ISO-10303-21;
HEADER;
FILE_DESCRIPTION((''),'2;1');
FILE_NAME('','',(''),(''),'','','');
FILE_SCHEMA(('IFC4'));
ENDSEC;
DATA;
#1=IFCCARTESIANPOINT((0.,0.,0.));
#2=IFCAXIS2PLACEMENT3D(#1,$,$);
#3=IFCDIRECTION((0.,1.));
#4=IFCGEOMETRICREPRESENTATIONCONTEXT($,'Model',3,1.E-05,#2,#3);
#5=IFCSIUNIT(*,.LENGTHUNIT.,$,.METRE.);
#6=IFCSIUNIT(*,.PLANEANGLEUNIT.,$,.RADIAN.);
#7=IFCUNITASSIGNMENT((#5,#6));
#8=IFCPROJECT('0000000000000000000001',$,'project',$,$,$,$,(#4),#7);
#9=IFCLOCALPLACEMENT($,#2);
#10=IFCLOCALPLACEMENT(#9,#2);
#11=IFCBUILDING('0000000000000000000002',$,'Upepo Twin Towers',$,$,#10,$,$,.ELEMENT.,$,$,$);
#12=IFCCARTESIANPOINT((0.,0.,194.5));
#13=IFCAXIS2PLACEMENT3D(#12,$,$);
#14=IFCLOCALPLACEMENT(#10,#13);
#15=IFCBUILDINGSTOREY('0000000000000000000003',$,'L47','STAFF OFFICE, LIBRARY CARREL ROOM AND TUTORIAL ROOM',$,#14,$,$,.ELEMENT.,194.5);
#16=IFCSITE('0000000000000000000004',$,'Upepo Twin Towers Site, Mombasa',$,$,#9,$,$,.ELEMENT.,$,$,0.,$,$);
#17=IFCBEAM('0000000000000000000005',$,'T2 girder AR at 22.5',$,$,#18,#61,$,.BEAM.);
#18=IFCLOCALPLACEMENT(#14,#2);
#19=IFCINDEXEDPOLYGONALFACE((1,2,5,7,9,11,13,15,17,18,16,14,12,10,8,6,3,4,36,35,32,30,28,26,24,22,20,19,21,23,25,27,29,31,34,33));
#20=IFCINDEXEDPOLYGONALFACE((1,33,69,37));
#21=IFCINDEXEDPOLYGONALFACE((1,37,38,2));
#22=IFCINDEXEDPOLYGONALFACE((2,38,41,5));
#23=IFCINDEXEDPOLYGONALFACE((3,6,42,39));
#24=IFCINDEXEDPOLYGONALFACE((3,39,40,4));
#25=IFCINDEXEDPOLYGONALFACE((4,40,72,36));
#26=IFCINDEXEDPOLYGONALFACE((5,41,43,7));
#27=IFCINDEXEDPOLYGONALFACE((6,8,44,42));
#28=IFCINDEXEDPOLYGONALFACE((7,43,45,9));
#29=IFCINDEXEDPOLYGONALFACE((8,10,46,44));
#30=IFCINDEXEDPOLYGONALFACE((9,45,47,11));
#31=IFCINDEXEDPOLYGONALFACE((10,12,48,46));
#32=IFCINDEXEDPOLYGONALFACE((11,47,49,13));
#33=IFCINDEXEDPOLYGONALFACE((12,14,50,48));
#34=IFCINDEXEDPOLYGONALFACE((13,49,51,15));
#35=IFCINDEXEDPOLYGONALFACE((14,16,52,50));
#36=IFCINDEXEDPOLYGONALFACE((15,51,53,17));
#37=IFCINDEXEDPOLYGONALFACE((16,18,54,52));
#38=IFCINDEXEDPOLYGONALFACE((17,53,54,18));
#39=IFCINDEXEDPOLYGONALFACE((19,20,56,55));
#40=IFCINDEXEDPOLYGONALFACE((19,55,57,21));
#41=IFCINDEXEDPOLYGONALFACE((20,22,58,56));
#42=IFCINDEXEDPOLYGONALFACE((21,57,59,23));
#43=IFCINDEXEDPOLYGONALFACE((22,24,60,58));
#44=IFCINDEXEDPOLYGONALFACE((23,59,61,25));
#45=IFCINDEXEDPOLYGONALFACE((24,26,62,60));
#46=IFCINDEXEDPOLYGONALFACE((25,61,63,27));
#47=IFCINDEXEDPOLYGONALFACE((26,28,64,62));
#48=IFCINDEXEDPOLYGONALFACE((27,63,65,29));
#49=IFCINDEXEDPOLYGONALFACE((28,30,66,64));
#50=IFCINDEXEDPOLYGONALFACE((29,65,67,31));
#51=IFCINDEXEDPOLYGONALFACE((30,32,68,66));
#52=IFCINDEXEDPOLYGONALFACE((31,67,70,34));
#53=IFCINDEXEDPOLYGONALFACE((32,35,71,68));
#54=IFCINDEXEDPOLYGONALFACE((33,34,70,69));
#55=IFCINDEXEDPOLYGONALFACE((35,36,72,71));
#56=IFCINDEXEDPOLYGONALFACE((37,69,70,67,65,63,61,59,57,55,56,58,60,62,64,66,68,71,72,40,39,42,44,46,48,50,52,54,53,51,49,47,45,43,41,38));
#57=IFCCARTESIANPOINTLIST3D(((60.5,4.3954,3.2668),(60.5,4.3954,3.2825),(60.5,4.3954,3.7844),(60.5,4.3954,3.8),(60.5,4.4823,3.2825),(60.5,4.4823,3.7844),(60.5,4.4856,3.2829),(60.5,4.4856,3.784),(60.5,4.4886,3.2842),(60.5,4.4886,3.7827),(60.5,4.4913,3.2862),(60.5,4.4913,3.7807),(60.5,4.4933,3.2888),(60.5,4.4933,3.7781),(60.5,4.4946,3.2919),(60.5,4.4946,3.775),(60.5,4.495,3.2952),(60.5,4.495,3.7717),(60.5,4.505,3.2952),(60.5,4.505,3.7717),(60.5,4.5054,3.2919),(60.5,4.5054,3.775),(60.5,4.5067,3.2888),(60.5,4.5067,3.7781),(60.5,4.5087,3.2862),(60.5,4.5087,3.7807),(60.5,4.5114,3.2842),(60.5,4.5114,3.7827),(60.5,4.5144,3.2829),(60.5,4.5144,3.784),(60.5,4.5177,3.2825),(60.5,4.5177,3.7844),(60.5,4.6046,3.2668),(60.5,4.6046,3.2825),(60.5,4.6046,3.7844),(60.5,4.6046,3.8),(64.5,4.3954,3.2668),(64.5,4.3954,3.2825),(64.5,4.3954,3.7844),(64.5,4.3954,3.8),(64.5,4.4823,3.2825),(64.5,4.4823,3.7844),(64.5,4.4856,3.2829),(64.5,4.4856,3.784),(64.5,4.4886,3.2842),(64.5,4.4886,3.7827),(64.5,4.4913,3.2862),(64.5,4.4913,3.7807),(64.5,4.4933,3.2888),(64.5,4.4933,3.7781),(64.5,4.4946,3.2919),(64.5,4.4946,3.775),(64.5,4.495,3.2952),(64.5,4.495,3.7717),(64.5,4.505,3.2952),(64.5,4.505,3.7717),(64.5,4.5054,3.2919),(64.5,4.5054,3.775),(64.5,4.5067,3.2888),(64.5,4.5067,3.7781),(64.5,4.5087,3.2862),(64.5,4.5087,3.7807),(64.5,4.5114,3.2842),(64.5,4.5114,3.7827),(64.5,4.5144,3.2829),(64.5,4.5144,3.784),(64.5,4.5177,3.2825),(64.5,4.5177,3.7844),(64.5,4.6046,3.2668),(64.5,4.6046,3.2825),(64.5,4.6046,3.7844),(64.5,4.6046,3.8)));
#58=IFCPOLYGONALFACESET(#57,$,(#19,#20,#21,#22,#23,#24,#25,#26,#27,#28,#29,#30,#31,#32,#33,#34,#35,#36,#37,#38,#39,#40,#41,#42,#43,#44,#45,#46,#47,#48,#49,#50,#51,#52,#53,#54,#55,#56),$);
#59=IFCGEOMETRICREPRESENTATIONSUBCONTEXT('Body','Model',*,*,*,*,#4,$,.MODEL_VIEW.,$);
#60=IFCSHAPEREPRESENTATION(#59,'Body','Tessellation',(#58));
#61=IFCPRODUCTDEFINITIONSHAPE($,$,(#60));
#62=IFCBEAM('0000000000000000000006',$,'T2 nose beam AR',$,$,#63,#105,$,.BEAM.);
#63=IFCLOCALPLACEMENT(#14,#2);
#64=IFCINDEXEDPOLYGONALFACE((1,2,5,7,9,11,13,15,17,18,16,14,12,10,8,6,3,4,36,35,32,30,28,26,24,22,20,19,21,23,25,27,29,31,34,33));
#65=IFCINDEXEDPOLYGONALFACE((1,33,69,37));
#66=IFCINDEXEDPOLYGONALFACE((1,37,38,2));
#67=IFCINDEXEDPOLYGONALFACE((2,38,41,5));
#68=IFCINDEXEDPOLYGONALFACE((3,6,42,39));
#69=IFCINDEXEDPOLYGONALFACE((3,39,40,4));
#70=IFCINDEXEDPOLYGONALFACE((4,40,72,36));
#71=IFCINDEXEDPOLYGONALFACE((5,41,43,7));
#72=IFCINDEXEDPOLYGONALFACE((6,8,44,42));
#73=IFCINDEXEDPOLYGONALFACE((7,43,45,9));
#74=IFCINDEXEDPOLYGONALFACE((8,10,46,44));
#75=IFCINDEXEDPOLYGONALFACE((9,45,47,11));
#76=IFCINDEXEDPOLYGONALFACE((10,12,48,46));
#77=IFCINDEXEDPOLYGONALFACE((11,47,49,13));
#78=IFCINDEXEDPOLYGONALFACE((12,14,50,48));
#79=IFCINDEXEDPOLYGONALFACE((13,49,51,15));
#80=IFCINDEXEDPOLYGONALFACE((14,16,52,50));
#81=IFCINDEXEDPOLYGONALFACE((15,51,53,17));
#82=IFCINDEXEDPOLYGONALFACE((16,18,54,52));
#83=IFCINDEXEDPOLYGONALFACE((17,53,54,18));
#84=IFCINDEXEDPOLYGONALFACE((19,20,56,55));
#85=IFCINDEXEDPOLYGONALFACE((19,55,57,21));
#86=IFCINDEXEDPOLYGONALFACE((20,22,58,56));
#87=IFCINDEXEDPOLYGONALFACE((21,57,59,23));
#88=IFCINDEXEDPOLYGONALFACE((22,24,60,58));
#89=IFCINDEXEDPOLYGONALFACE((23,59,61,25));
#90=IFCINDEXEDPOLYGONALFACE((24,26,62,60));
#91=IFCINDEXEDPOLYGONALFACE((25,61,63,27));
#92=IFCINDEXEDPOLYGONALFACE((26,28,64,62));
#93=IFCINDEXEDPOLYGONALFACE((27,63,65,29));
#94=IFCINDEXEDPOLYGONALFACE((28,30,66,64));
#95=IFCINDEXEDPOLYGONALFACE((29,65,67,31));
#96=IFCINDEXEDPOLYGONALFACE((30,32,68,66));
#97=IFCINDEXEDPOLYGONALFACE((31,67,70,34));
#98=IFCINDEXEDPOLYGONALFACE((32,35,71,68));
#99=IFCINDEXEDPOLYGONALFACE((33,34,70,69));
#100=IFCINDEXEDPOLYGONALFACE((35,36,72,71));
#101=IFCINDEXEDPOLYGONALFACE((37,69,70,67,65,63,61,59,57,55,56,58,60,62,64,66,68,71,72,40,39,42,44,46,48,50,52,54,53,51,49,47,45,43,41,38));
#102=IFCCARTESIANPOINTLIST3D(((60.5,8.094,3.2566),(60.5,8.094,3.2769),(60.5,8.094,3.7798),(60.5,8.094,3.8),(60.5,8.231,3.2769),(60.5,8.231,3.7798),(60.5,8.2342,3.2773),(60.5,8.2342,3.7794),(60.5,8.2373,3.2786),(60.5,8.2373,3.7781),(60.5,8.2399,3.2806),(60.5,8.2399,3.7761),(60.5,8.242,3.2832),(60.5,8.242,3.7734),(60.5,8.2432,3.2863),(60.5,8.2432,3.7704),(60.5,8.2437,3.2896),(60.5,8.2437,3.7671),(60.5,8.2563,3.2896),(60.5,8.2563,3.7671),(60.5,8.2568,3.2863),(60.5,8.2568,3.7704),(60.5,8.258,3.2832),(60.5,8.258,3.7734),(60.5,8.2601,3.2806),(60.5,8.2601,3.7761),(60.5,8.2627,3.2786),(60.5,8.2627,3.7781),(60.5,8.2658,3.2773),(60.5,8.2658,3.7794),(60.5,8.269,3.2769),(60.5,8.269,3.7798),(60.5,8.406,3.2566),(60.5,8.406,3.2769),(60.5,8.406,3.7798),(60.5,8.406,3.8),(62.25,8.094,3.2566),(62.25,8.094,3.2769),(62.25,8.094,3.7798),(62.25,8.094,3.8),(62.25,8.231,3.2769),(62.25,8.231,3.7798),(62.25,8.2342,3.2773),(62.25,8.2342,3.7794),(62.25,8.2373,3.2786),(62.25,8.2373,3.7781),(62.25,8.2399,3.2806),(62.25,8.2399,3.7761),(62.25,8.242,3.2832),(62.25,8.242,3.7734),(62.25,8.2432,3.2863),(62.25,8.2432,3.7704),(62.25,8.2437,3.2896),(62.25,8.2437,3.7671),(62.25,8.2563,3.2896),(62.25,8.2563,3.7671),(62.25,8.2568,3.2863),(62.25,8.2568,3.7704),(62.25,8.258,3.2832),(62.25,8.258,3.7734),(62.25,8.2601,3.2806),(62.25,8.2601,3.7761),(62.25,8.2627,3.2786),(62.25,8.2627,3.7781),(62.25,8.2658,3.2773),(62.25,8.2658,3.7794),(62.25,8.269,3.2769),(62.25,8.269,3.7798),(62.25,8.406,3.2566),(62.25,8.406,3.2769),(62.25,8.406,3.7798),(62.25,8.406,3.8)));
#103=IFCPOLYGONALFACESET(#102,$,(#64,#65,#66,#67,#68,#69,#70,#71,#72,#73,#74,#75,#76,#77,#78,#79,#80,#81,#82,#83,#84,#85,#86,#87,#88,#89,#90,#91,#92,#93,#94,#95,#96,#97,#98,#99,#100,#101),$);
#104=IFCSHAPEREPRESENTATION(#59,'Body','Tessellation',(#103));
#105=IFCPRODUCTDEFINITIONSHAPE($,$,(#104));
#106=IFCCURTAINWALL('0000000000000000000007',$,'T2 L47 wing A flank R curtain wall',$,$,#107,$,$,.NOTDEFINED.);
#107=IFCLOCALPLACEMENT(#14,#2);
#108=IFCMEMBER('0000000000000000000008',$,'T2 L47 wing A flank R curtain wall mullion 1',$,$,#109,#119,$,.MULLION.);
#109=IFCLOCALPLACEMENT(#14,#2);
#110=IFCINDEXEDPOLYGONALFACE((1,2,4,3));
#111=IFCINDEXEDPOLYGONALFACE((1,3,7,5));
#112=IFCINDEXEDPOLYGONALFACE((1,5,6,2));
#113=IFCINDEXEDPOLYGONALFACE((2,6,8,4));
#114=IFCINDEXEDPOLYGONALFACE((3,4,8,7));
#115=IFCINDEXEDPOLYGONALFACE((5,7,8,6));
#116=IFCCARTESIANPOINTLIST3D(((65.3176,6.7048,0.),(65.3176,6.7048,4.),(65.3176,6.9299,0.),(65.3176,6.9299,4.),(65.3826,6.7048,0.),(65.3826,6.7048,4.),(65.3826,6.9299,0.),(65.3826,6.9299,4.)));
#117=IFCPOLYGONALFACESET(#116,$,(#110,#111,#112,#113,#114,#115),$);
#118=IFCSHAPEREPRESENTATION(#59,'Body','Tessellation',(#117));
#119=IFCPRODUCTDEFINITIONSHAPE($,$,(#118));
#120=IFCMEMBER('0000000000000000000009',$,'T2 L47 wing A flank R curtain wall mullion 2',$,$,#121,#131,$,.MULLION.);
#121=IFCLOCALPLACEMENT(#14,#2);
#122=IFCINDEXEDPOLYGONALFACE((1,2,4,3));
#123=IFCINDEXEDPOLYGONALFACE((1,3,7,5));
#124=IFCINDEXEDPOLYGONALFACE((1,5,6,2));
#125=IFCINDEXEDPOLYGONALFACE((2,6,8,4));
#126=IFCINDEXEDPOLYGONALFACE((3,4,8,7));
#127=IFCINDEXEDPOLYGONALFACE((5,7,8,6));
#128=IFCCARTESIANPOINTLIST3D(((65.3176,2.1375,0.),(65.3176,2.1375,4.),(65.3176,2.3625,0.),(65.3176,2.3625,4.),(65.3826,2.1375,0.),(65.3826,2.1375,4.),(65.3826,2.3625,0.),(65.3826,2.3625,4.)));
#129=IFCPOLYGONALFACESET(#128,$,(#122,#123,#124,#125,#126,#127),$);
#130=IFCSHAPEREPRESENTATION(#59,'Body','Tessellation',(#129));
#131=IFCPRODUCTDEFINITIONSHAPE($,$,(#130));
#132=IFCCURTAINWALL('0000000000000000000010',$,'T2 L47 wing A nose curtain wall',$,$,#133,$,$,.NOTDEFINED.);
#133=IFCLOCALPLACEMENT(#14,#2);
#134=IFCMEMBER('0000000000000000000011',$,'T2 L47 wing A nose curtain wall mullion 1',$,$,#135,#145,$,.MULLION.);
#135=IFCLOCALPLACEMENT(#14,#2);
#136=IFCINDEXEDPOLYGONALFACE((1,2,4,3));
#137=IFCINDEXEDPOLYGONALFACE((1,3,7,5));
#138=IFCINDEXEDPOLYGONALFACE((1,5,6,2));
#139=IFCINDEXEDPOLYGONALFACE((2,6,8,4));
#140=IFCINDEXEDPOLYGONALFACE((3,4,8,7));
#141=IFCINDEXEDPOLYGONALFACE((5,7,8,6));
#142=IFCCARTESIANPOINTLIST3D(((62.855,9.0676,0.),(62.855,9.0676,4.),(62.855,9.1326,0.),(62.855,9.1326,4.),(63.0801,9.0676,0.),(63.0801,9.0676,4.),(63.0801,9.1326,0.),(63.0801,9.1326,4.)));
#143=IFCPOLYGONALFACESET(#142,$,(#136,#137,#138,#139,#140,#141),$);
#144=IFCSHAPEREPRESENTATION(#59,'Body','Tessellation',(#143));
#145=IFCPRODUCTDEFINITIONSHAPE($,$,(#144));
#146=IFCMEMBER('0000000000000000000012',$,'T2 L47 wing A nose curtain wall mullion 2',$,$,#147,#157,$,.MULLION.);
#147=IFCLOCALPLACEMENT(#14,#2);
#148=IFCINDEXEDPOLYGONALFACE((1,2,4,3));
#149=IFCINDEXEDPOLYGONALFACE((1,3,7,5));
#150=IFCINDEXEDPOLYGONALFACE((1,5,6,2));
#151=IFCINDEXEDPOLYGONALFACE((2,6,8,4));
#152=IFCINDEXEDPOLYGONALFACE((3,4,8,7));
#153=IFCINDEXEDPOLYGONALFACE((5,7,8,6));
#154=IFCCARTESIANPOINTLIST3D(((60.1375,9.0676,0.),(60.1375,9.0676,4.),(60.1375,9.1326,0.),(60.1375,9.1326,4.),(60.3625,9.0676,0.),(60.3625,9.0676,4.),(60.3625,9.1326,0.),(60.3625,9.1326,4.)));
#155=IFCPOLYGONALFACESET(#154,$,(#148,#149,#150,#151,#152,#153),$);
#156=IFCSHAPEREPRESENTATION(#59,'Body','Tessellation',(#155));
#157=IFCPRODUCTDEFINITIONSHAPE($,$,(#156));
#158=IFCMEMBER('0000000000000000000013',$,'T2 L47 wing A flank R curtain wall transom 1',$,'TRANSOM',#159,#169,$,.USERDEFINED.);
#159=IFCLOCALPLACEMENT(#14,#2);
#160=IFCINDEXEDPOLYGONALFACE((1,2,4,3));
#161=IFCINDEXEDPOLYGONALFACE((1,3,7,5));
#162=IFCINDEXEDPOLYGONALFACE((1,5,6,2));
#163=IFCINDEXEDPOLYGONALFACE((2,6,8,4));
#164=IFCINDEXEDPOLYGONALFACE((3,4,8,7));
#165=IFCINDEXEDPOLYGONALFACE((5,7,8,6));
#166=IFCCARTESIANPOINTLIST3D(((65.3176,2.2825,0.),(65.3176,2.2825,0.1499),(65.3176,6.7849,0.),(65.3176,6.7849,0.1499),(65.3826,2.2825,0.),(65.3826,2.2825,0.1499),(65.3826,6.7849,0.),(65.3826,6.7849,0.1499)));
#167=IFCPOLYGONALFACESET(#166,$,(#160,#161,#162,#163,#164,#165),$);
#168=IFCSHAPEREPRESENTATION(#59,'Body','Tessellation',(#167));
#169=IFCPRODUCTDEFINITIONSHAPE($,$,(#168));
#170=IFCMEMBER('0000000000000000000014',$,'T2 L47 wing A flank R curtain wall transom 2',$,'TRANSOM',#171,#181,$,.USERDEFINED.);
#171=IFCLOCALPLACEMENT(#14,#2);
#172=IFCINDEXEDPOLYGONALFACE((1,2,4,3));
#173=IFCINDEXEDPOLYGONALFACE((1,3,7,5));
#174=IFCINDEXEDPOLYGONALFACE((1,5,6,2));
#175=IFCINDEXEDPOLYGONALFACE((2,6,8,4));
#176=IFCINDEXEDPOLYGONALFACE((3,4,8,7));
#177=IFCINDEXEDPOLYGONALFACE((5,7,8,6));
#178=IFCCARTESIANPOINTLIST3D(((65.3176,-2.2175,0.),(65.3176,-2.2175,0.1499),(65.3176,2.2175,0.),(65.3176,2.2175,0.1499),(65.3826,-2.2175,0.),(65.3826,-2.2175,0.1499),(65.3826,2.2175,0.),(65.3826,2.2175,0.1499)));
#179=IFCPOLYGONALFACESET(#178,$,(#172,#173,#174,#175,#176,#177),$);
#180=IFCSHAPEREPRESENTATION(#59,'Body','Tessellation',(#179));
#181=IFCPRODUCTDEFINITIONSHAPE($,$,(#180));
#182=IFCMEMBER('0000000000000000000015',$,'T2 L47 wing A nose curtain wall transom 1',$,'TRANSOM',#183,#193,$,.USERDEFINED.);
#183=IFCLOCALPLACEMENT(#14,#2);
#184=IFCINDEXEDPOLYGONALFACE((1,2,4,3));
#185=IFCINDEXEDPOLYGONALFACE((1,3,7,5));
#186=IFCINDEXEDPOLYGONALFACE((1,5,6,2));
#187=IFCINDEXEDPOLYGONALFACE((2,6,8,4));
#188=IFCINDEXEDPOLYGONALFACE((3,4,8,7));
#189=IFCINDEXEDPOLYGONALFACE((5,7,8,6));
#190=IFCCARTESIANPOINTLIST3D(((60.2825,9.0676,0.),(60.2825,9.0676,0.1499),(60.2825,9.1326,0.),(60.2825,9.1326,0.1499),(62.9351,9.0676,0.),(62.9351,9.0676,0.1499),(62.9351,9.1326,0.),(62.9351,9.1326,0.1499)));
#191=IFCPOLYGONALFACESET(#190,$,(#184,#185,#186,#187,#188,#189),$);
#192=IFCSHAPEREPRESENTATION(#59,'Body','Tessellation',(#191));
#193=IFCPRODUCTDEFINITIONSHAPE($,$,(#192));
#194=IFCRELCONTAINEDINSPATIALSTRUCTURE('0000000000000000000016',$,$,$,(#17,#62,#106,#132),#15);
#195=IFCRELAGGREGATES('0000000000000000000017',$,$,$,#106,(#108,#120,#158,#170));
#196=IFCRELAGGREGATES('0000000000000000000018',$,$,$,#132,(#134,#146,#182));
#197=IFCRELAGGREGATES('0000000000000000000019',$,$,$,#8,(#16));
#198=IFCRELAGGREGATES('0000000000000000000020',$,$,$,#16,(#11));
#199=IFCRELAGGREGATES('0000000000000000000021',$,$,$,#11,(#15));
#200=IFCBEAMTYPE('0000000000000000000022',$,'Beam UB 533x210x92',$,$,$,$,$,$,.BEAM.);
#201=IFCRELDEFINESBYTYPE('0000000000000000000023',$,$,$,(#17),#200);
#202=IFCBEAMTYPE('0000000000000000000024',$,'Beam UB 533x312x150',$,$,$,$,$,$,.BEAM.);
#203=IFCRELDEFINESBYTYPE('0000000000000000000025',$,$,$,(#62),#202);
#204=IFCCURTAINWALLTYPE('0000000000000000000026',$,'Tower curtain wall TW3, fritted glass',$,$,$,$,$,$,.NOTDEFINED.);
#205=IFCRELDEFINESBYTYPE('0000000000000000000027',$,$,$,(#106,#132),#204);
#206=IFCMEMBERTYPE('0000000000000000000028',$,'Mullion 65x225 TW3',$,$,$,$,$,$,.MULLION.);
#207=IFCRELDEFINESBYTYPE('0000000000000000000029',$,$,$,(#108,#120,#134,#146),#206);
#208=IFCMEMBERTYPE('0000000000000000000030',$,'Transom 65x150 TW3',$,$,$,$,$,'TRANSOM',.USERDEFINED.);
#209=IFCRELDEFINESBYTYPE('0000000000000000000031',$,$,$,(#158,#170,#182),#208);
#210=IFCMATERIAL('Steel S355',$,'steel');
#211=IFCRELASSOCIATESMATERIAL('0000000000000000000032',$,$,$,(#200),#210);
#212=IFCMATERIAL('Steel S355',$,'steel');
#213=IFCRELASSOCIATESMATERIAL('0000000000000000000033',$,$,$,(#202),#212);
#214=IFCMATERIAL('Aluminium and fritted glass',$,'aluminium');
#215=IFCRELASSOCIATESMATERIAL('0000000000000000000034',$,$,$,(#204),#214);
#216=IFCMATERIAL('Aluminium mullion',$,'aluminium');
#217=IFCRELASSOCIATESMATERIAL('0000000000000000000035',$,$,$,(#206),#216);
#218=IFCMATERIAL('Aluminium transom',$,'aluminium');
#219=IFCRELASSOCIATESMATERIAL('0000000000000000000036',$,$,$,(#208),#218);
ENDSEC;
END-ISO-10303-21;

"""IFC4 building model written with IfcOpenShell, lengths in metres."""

from ifc_helpers import new_model, si_unit, direction, frame, origin, origin_2d, place, context, subcontext, project, spatial, rectangle, i_section, extrude, material, material_profile, profile_set, type_object, element, aggregate, save


model = new_model("IFC4")

# Units and contexts
model_context = context("Model", 3, precision=1e-05, world=origin(), true_north=direction((0.0, 1.0)))
body_context = subcontext(model_context, "Body", "Model", "MODEL_VIEW")
ifc_project = project(units=[si_unit("LENGTHUNIT", "METRE"), si_unit("PLANEANGLEUNIT", "RADIAN")], contexts=[model_context])

# Site, building, storey
site_placement = place(None, origin())
site = spatial("IfcSite", under=ifc_project, at=site_placement, Name="Upepo Twin Towers Site, Mombasa", CompositionType="ELEMENT", RefElevation=0.0)
building_placement = place(site_placement, origin())
building = spatial("IfcBuilding", under=site, at=building_placement, Name="Upepo Twin Towers", CompositionType="ELEMENT")
storey_placement = place(building_placement, frame((0.0, 0.0, 194.5)))
storey = spatial("IfcBuildingStorey", under=building, at=storey_placement, Name="L47", Description="STAFF OFFICE, LIBRARY CARREL ROOM AND TUTORIAL ROOM", CompositionType="ELEMENT", Elevation=194.5)

# Beams
ifc_material_1 = material(Name="Steel S355", Category="steel")
ifc_material_profile_1 = material_profile(ifc_material_1, i_section(OverallWidth=0.2092, OverallDepth=0.5332, WebThickness=0.01, FlangeThickness=0.0156, FilletRadius=0.0127, at=origin_2d()), Name="UB 533x210x92")
ifc_profile_set_1 = profile_set([ifc_material_profile_1], Name="Steel S355")
beam_type_1 = type_object("IfcBeamType", Name="Beam UB 533x210x92", PredefinedType="BEAM", material=ifc_profile_set_1)
for number, where, z_axis, x_axis, name in (
    (1, (64.5, 4.5, 3.5334), (-1.0, 0.0, 0.0), (0.0, -1.0, 0.0), "T2 girder AR at 22.5"),
):
    element("IfcBeam", number, at=place(storey_placement, frame(where, z_axis=z_axis, x_axis=x_axis)), inside=storey, type_object=beam_type_1, Name=name, PredefinedType="BEAM", context=body_context, shape_type="SweptSolid", body=[
        extrude(i_section(OverallWidth=0.2092, OverallDepth=0.5332, WebThickness=0.01, FlangeThickness=0.0156, FilletRadius=0.0127, at=origin_2d()), origin(), (0.0, 0.0, 1.0), 4.0),
    ])
ifc_material_2 = material(Name="Steel S355", Category="steel")
ifc_material_profile_2 = material_profile(ifc_material_2, i_section(OverallWidth=0.312, OverallDepth=0.5435, WebThickness=0.0127, FlangeThickness=0.0203, FilletRadius=0.0127, at=origin_2d()), Name="UB 533x312x150")
ifc_profile_set_2 = profile_set([ifc_material_profile_2], Name="Steel S355")
beam_type_2 = type_object("IfcBeamType", Name="Beam UB 533x312x150", PredefinedType="BEAM", material=ifc_profile_set_2)
beam_1_placement = place(storey_placement, frame((62.25, 8.25, 3.5283), z_axis=(-1.0, 0.0, 0.0), x_axis=(0.0, -1.0, 0.0)))
element("IfcBeam", 2, at=beam_1_placement, inside=storey, type_object=beam_type_2, Name="T2 nose beam AR", PredefinedType="BEAM", context=body_context, shape_type="SweptSolid", body=[
    extrude(i_section(OverallWidth=0.312, OverallDepth=0.5435, WebThickness=0.0127, FlangeThickness=0.0203, FilletRadius=0.0127, at=origin_2d()), origin(), (0.0, 0.0, 1.0), 1.75),
])

# Curtain walls, members
ifc_material_3 = material(Name="Aluminium and fritted glass", Category="aluminium")
curtain_wall_type = type_object("IfcCurtainWallType", Name="Tower curtain wall TW3, fritted glass", PredefinedType="NOTDEFINED", material=ifc_material_3)
curtain_wall_1_placement = place(storey_placement, origin())
curtain_wall_1 = element("IfcCurtainWall", 3, at=curtain_wall_1_placement, inside=storey, type_object=curtain_wall_type, Name="T2 L47 wing A flank R curtain wall", PredefinedType="NOTDEFINED")
ifc_material_4 = material(Name="Aluminium mullion", Category="aluminium")
ifc_material_profile_3 = material_profile(ifc_material_4, rectangle(XDim=0.0649, YDim=0.2251, at=origin_2d()), Name="MULLION 65x225")
ifc_profile_set_3 = profile_set([ifc_material_profile_3], Name="Aluminium mullion")
member_type_1 = type_object("IfcMemberType", Name="Mullion 65x225 TW3", PredefinedType="MULLION", material=ifc_profile_set_3)
member_1_placement = place(storey_placement, frame((65.3501, 6.8174, 0.0), z_axis=(0.0, 0.0, 1.0), x_axis=(1.0, 0.0, 0.0)))
member_1 = element("IfcMember", 4, at=member_1_placement, type_object=member_type_1, Name="T2 L47 wing A flank R curtain wall mullion 1", PredefinedType="MULLION", context=body_context, shape_type="SweptSolid", body=[
    extrude(rectangle(XDim=0.0649, YDim=0.2251, at=origin_2d()), origin(), (0.0, 0.0, 1.0), 4.0),
])
member_2_placement = place(storey_placement, frame((65.3501, 2.25, 0.0), z_axis=(0.0, 0.0, 1.0), x_axis=(1.0, 0.0, 0.0)))
member_2 = element("IfcMember", 5, at=member_2_placement, type_object=member_type_1, Name="T2 L47 wing A flank R curtain wall mullion 2", PredefinedType="MULLION", context=body_context, shape_type="SweptSolid", body=[
    extrude(rectangle(XDim=0.0649, YDim=0.2251, at=origin_2d()), origin(), (0.0, 0.0, 1.0), 4.0),
])
curtain_wall_2_placement = place(storey_placement, origin())
curtain_wall_2 = element("IfcCurtainWall", 6, at=curtain_wall_2_placement, inside=storey, type_object=curtain_wall_type, Name="T2 L47 wing A nose curtain wall", PredefinedType="NOTDEFINED")
member_3_placement = place(storey_placement, frame((62.9675, 9.1001, 0.0), z_axis=(0.0, 0.0, 1.0), x_axis=(0.0, -1.0, 0.0)))
member_3 = element("IfcMember", 7, at=member_3_placement, type_object=member_type_1, Name="T2 L47 wing A nose curtain wall mullion 1", PredefinedType="MULLION", context=body_context, shape_type="SweptSolid", body=[
    extrude(rectangle(XDim=0.0649, YDim=0.2251, at=origin_2d()), origin(), (0.0, 0.0, 1.0), 4.0),
])
member_4_placement = place(storey_placement, frame((60.25, 9.1001, 0.0), z_axis=(0.0, 0.0, 1.0), x_axis=(0.0, -1.0, 0.0)))
member_4 = element("IfcMember", 8, at=member_4_placement, type_object=member_type_1, Name="T2 L47 wing A nose curtain wall mullion 2", PredefinedType="MULLION", context=body_context, shape_type="SweptSolid", body=[
    extrude(rectangle(XDim=0.0649, YDim=0.2251, at=origin_2d()), origin(), (0.0, 0.0, 1.0), 4.0),
])

# Members
ifc_material_5 = material(Name="Aluminium transom", Category="aluminium")
ifc_material_profile_4 = material_profile(ifc_material_5, rectangle(XDim=0.0649, YDim=0.1499, at=origin_2d()), Name="TRANSOM 65x150")
ifc_profile_set_4 = profile_set([ifc_material_profile_4], Name="Aluminium transom")
member_type_2 = type_object("IfcMemberType", Name="Transom 65x150 TW3", ElementType="TRANSOM", PredefinedType="USERDEFINED", material=ifc_profile_set_4)
member_5_placement = place(storey_placement, frame((65.3501, 6.7849, 0.075), z_axis=(0.0, -1.0, 0.0), x_axis=(1.0, 0.0, 0.0)))
member_5 = element("IfcMember", 9, at=member_5_placement, type_object=member_type_2, Name="T2 L47 wing A flank R curtain wall transom 1", ObjectType="TRANSOM", PredefinedType="USERDEFINED", context=body_context, shape_type="SweptSolid", body=[
    extrude(rectangle(XDim=0.0649, YDim=0.1499, at=origin_2d()), origin(), (0.0, 0.0, 1.0), 4.5024),
])
member_6_placement = place(storey_placement, frame((65.3501, 2.2175, 0.075), z_axis=(0.0, -1.0, 0.0), x_axis=(1.0, 0.0, 0.0)))
member_6 = element("IfcMember", 10, at=member_6_placement, type_object=member_type_2, Name="T2 L47 wing A flank R curtain wall transom 2", ObjectType="TRANSOM", PredefinedType="USERDEFINED", context=body_context, shape_type="SweptSolid", body=[
    extrude(rectangle(XDim=0.0649, YDim=0.1499, at=origin_2d()), origin(), (0.0, 0.0, 1.0), 4.4351),
])
member_7_placement = place(storey_placement, frame((62.9351, 9.1001, 0.075), z_axis=(-1.0, 0.0, 0.0), x_axis=(0.0, -1.0, 0.0)))
member_7 = element("IfcMember", 11, at=member_7_placement, type_object=member_type_2, Name="T2 L47 wing A nose curtain wall transom 1", ObjectType="TRANSOM", PredefinedType="USERDEFINED", context=body_context, shape_type="SweptSolid", body=[
    extrude(rectangle(XDim=0.0649, YDim=0.1499, at=origin_2d()), origin(), (0.0, 0.0, 1.0), 2.6526),
])

aggregate(curtain_wall_1, [member_1, member_2, member_5, member_6])
aggregate(curtain_wall_2, [member_3, member_4, member_7])

save(model, "model.ifc")
